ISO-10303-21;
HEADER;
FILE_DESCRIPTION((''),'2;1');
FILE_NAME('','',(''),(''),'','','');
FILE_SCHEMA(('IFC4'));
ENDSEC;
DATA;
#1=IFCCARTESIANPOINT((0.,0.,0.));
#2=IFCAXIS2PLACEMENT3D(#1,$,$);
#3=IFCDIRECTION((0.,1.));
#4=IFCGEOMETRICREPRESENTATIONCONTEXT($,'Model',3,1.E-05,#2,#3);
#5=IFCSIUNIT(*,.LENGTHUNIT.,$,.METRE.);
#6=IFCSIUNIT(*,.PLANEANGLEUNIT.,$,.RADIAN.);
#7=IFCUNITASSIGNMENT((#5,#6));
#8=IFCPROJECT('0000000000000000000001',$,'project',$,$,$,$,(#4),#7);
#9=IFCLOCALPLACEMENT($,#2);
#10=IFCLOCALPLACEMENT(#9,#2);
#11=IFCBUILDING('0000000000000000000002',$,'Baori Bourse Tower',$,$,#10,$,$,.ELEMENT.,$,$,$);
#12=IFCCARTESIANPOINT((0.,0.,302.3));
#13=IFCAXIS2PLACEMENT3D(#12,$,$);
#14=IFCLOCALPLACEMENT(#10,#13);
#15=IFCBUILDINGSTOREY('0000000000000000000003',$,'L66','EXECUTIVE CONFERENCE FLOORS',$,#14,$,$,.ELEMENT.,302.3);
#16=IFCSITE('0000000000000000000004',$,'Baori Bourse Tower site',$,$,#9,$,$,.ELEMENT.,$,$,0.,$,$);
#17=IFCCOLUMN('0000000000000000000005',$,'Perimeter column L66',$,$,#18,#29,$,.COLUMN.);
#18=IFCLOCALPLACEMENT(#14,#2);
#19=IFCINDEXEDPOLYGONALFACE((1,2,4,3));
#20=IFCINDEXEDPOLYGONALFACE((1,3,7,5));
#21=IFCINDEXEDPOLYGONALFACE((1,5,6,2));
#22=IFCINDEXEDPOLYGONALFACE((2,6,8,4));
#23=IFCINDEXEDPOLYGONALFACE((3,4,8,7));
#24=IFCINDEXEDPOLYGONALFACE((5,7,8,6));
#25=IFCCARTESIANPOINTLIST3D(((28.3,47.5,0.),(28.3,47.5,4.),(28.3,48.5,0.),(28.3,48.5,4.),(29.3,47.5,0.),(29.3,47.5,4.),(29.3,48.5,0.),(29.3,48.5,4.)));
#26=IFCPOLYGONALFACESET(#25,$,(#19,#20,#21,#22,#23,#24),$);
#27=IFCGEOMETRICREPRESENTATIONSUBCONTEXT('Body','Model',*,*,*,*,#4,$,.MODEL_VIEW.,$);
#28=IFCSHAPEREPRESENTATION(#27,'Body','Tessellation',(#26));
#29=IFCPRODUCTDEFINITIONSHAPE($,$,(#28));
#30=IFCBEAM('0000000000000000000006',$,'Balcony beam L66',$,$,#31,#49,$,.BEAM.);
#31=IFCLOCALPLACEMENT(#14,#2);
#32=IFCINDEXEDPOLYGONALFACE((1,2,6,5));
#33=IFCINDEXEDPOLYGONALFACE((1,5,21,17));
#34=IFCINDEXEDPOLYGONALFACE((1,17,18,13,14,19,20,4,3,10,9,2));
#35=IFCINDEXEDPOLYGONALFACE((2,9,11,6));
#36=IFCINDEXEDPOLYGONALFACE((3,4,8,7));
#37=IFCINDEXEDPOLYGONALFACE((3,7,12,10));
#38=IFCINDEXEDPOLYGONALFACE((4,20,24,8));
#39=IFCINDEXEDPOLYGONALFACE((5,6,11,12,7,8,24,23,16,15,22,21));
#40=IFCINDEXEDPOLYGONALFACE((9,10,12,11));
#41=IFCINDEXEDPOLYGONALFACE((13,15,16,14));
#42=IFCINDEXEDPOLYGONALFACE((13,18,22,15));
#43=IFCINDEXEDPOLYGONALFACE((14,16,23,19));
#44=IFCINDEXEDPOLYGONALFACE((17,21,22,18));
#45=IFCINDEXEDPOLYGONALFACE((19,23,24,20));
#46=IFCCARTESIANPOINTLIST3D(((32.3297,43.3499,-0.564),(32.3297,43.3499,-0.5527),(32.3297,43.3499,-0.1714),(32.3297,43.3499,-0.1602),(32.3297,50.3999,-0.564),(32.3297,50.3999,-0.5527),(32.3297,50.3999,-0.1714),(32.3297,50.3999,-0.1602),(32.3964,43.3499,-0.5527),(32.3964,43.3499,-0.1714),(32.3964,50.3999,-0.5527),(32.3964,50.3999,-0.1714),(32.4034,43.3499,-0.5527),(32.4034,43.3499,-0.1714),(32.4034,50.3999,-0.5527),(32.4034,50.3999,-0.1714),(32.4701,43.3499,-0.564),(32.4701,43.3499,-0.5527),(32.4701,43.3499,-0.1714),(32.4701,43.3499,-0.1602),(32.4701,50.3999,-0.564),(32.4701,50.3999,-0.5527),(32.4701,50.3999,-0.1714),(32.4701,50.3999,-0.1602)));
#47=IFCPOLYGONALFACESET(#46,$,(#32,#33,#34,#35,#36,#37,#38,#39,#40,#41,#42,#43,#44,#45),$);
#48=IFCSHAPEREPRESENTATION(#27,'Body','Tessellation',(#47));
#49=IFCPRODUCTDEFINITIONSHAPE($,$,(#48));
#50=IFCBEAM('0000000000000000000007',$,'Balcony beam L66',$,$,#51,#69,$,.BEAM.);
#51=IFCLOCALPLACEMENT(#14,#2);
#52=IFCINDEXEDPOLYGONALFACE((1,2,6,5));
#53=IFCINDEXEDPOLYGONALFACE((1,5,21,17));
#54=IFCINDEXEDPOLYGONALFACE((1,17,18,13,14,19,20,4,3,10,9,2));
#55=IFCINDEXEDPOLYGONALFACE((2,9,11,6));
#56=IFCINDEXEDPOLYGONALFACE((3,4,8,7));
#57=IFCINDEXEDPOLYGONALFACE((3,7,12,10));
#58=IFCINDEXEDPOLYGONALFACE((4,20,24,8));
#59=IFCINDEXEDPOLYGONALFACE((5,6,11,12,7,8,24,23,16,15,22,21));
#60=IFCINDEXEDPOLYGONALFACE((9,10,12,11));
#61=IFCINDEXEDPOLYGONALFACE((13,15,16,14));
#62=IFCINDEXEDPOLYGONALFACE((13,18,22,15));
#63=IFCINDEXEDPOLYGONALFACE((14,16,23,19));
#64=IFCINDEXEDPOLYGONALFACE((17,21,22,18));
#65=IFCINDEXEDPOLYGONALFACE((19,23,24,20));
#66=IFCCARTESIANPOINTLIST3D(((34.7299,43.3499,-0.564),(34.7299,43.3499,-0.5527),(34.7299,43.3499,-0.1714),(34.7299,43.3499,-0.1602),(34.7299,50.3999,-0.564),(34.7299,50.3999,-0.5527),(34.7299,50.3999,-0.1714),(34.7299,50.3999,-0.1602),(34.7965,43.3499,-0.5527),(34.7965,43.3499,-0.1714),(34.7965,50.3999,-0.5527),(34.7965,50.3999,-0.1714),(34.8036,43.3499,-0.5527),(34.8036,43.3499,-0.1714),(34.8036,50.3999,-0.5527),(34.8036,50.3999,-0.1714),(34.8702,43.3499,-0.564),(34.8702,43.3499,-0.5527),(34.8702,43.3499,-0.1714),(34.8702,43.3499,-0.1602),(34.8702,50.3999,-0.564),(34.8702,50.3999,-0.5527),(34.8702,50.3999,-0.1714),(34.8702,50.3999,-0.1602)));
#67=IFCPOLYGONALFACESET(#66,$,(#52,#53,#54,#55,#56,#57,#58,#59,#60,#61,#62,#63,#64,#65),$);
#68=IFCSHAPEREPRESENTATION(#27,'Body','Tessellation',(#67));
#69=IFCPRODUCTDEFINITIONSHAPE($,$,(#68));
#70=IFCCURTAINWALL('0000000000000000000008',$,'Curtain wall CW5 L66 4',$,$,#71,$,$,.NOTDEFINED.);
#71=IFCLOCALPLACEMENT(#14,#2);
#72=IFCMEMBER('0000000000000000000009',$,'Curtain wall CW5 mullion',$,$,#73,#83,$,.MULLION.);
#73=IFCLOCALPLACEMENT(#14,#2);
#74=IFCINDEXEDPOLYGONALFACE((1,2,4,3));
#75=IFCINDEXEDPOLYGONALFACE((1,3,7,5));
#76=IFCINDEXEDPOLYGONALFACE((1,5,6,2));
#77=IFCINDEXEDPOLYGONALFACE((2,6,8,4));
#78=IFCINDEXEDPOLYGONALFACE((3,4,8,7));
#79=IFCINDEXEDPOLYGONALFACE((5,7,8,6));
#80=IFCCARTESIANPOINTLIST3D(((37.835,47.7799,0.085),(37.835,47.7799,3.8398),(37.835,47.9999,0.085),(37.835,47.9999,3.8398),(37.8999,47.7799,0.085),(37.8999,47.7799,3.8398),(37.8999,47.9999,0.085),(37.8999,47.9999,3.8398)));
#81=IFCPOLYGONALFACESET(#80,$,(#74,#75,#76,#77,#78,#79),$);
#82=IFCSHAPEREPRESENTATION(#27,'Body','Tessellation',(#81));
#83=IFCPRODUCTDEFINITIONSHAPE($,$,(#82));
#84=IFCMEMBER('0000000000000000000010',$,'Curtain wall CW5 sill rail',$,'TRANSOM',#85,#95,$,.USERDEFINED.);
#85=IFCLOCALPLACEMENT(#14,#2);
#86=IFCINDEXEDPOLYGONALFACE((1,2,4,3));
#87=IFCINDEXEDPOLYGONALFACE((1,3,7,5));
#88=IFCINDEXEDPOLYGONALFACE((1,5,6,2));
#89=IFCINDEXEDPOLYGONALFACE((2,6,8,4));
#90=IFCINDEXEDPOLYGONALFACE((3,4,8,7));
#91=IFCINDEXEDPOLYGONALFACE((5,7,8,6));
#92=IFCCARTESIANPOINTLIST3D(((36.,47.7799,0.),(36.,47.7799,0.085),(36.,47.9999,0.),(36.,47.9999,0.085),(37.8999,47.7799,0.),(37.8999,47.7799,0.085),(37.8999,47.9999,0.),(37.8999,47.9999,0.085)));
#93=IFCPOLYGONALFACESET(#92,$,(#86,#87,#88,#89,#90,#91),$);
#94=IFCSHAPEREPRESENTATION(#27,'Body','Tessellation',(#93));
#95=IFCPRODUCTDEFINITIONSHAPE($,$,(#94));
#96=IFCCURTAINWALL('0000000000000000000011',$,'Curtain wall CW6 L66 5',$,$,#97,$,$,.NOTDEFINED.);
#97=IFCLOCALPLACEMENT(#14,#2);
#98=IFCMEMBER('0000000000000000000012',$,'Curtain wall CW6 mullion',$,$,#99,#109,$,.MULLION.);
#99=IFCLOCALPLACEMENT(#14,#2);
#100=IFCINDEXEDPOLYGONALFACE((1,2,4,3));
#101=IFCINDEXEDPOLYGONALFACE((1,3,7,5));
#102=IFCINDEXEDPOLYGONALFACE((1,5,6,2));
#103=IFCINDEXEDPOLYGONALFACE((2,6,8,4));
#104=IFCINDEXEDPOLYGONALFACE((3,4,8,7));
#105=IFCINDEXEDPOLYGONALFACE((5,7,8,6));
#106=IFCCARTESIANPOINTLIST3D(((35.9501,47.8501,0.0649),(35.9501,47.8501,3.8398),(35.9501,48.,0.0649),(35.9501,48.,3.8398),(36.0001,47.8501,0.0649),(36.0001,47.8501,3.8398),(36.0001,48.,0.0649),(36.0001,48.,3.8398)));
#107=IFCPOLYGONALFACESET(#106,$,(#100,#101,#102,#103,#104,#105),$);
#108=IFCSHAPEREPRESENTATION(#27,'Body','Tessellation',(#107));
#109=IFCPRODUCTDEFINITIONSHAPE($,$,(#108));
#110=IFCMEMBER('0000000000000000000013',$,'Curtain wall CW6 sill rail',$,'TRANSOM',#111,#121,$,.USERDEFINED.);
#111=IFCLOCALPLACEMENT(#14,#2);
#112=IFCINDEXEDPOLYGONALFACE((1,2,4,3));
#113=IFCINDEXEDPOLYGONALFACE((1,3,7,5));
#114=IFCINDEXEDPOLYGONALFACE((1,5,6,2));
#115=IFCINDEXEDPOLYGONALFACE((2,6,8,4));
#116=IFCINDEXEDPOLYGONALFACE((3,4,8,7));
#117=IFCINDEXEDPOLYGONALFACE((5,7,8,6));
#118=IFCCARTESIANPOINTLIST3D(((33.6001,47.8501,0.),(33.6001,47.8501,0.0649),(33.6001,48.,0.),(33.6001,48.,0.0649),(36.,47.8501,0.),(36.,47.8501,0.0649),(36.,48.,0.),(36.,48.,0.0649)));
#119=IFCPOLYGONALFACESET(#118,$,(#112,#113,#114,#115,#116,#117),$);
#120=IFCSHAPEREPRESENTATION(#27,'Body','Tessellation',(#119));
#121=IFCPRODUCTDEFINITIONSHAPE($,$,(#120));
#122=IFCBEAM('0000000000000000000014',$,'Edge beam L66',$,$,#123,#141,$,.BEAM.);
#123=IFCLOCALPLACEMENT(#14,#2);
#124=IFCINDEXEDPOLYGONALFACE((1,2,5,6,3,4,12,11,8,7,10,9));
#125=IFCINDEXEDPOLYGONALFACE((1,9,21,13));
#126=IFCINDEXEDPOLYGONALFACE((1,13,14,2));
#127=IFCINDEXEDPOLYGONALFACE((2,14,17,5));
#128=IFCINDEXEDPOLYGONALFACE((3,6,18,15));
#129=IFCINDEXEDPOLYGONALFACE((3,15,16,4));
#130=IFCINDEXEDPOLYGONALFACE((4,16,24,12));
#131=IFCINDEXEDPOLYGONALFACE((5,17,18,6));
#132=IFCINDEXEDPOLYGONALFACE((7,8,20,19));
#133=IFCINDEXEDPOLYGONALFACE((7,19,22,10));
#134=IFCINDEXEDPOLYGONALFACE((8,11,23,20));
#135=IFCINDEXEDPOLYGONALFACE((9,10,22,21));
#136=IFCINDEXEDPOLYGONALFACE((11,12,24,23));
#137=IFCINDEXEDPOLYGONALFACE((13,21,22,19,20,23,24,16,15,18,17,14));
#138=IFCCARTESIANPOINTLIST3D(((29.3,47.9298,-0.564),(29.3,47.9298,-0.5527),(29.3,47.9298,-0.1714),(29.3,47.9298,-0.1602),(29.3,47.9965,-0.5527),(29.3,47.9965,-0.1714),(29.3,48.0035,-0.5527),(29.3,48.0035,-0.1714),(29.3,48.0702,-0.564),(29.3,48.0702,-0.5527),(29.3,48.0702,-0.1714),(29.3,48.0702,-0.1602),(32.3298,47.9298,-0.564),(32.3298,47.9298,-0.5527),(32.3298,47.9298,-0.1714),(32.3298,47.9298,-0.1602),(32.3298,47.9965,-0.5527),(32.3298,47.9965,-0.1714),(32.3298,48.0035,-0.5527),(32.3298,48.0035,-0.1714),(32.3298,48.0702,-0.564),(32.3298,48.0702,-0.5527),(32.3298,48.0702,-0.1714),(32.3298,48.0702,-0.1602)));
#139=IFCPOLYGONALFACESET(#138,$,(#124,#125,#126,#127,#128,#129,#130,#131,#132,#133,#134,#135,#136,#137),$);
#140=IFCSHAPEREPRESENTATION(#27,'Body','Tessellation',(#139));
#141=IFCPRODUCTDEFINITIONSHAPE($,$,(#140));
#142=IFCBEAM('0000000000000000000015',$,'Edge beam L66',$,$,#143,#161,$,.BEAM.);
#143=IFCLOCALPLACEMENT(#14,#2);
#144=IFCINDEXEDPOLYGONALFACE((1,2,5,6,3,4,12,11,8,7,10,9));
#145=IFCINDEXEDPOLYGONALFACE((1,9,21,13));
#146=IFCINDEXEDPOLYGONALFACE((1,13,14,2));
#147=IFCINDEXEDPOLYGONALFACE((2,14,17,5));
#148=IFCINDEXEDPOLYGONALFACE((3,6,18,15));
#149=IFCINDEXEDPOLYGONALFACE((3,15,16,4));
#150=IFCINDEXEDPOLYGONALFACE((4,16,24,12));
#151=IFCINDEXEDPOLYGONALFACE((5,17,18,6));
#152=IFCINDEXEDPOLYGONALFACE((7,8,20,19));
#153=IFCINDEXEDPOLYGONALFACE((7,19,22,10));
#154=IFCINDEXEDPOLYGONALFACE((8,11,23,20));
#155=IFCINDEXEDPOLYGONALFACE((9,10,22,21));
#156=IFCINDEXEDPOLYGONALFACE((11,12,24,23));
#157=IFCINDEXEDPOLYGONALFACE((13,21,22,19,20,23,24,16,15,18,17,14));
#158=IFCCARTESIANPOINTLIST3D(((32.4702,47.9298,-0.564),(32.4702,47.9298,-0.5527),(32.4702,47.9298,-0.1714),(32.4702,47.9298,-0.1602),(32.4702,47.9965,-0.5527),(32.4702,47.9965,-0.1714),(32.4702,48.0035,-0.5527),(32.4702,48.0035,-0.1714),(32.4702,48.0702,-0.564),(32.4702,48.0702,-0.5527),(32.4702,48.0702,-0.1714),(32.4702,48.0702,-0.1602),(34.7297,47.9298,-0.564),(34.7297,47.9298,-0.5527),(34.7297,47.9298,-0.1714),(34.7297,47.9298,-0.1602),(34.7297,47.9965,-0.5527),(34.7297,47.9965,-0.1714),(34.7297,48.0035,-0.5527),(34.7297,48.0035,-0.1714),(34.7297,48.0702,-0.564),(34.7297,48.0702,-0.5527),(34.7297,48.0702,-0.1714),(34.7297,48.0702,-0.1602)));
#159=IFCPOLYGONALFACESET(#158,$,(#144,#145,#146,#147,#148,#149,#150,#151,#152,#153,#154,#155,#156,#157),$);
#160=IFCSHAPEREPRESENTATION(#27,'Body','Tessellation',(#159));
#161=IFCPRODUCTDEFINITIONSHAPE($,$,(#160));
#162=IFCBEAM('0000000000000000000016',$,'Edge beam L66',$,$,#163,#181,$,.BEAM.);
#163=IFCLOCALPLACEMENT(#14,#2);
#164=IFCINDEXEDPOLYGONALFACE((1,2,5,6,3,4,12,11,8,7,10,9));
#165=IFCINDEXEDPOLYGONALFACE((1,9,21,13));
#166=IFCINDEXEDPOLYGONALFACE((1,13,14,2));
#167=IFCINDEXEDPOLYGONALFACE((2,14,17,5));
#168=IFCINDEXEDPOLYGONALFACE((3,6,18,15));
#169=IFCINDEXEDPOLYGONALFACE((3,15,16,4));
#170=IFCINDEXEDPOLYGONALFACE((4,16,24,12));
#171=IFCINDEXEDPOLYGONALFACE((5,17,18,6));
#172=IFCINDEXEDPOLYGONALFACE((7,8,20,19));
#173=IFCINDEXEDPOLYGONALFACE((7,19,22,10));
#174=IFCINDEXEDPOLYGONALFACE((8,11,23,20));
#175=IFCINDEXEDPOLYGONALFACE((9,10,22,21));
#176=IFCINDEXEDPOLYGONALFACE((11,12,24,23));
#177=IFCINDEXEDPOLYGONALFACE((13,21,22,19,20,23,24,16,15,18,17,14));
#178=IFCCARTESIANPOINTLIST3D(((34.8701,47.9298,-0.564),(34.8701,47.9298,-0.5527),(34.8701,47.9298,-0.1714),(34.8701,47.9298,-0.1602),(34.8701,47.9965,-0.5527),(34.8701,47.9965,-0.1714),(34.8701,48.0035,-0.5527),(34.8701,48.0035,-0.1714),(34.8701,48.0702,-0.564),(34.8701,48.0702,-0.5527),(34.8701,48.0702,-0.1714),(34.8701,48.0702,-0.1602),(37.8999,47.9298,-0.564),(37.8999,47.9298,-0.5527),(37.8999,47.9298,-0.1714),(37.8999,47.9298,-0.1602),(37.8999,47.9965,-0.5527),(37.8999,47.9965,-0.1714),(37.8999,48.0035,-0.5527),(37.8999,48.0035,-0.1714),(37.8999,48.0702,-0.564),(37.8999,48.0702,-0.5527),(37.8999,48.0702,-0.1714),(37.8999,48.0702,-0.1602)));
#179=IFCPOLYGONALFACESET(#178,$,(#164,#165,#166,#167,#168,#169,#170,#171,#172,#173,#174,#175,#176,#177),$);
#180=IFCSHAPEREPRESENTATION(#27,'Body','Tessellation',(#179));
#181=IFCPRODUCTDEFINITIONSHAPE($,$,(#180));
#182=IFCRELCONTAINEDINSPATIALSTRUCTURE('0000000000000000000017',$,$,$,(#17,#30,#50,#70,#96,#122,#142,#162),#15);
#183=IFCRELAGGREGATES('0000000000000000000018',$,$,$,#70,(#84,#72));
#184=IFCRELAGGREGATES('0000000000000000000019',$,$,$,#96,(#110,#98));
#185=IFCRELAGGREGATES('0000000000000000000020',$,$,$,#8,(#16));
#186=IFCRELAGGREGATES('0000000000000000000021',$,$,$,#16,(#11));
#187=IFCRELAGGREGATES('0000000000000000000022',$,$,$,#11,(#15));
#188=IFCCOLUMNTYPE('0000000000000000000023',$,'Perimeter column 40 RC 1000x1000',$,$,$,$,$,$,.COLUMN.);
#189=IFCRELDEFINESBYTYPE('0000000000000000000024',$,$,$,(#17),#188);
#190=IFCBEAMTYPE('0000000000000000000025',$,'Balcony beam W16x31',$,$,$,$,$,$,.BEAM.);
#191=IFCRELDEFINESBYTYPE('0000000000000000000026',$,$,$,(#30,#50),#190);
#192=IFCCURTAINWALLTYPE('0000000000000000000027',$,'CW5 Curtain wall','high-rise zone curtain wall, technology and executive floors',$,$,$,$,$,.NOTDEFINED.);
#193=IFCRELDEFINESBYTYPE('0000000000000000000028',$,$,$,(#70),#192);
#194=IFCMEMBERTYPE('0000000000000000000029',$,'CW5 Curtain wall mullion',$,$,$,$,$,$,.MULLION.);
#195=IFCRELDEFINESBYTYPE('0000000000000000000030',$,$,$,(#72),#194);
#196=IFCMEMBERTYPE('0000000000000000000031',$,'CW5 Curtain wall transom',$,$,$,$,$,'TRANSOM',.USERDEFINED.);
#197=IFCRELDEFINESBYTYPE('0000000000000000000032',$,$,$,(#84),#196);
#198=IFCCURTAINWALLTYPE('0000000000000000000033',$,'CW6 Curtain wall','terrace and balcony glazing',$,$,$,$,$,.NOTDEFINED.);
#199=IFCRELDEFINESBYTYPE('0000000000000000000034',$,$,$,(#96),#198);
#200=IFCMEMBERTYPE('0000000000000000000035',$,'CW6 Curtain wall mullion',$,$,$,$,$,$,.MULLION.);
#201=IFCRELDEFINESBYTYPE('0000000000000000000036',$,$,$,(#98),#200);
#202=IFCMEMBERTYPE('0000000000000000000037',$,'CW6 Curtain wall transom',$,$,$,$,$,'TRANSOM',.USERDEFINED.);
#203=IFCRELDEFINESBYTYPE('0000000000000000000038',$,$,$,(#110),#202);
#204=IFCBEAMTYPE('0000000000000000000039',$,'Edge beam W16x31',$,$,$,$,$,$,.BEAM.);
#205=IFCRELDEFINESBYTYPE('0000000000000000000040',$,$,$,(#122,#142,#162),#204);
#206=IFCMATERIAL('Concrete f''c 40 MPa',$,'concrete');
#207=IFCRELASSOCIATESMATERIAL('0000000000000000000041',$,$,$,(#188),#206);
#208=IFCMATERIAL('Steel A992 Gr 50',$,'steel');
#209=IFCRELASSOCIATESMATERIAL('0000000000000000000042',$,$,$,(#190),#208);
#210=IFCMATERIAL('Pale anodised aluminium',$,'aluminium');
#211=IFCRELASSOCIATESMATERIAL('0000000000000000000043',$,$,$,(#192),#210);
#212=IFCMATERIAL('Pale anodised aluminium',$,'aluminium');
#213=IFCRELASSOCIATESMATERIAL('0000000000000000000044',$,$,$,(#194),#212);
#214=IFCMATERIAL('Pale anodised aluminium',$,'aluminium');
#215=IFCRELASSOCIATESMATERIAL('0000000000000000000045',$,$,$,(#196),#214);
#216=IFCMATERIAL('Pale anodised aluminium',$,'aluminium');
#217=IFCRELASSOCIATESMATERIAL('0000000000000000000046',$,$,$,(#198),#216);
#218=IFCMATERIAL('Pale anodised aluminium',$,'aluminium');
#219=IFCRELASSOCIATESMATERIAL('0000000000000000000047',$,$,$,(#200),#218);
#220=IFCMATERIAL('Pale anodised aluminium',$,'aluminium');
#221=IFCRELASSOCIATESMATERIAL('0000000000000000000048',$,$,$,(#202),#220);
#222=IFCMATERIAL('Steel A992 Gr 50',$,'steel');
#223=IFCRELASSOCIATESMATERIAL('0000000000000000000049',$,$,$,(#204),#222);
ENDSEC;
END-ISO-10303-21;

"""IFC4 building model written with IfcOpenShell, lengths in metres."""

from ifc_helpers import new_model, si_unit, direction, frame, origin, origin_2d, place, context, subcontext, project, spatial, rectangle, i_section, extrude, material, material_profile, profile_set, type_object, element, aggregate, save


model = new_model("IFC4")

# Units and contexts
model_context = context("Model", 3, precision=1e-05, world=origin(), true_north=direction((0.0, 1.0)))
body_context = subcontext(model_context, "Body", "Model", "MODEL_VIEW")
ifc_project = project(units=[si_unit("LENGTHUNIT", "METRE"), si_unit("PLANEANGLEUNIT", "RADIAN")], contexts=[model_context])

# Site, building, storey
site_placement = place(None, origin())
site = spatial("IfcSite", under=ifc_project, at=site_placement, Name="Baori Bourse Tower site", CompositionType="ELEMENT", RefElevation=0.0)
building_placement = place(site_placement, origin())
building = spatial("IfcBuilding", under=site, at=building_placement, Name="Baori Bourse Tower", CompositionType="ELEMENT")
storey_placement = place(building_placement, frame((0.0, 0.0, 302.3)))
storey = spatial("IfcBuildingStorey", under=building, at=storey_placement, Name="L66", Description="EXECUTIVE CONFERENCE FLOORS", CompositionType="ELEMENT", Elevation=302.3)

# Column
ifc_material_1 = material(Name="Concrete f'c 40 MPa", Category="concrete")
ifc_material_profile_1 = material_profile(ifc_material_1, rectangle(XDim=1.0, YDim=1.0, at=origin_2d()), Name="RC 1000x1000")
ifc_profile_set_1 = profile_set([ifc_material_profile_1], Name="Concrete f'c 40 MPa")
column_type = type_object("IfcColumnType", Name="Perimeter column 40 RC 1000x1000", PredefinedType="COLUMN", material=ifc_profile_set_1)
column_placement = place(storey_placement, frame((28.8, 48.0, 0.0), z_axis=(0.0, 0.0, 1.0), x_axis=(1.0, 0.0, 0.0)))
element("IfcColumn", 1, at=column_placement, inside=storey, type_object=column_type, Name="Perimeter column L66", PredefinedType="COLUMN", context=body_context, shape_type="SweptSolid", body=[
    extrude(rectangle(XDim=1.0, YDim=1.0, at=origin_2d()), origin(), (0.0, 0.0, 1.0), 4.0),
])

# Beams
ifc_material_2 = material(Name="Steel A992 Gr 50", Category="steel")
ifc_material_profile_2 = material_profile(ifc_material_2, i_section(OverallWidth=0.1404, OverallDepth=0.4038, WebThickness=0.0071, FlangeThickness=0.0112, at=origin_2d()), Name="W16x31")
ifc_profile_set_2 = profile_set([ifc_material_profile_2], Name="Steel A992 Gr 50")
beam_type_1 = type_object("IfcBeamType", Name="Balcony beam W16x31", PredefinedType="BEAM", material=ifc_profile_set_2)
for number, where, z_axis, x_axis, name in (
    (2, (32.3999, 50.3999, -0.3621), (0.0, -1.0, 0.0), (1.0, 0.0, 0.0), "Balcony beam L66"),
    (3, (34.8, 50.3999, -0.3621), (0.0, -1.0, 0.0), (1.0, 0.0, 0.0), "Balcony beam L66"),
):
    element("IfcBeam", number, at=place(storey_placement, frame(where, z_axis=z_axis, x_axis=x_axis)), inside=storey, type_object=beam_type_1, Name=name, PredefinedType="BEAM", context=body_context, shape_type="SweptSolid", body=[
        extrude(i_section(OverallWidth=0.1404, OverallDepth=0.4038, WebThickness=0.0071, FlangeThickness=0.0112, at=origin_2d()), origin(), (0.0, 0.0, 1.0), 7.05),
    ])

# Curtain walls, members
ifc_material_3 = material(Name="Pale anodised aluminium", Category="aluminium")
curtain_wall_type_1 = type_object("IfcCurtainWallType", Name="CW5 Curtain wall", Description="high-rise zone curtain wall, technology and executive floors", PredefinedType="NOTDEFINED", material=ifc_material_3)
curtain_wall_1_placement = place(storey_placement, origin())
curtain_wall_1 = element("IfcCurtainWall", 4, at=curtain_wall_1_placement, inside=storey, type_object=curtain_wall_type_1, Name="Curtain wall CW5 L66 4", PredefinedType="NOTDEFINED")
ifc_material_4 = material(Name="Pale anodised aluminium", Category="aluminium")
ifc_material_profile_3 = material_profile(ifc_material_4, rectangle(XDim=0.22, YDim=0.0649, at=origin_2d()), Name="Mullion 65x220")
ifc_profile_set_3 = profile_set([ifc_material_profile_3], Name="Pale anodised aluminium")
member_type_1 = type_object("IfcMemberType", Name="CW5 Curtain wall mullion", PredefinedType="MULLION", material=ifc_profile_set_3)
member_1_placement = place(storey_placement, frame((37.8674, 47.8899, 0.085), z_axis=(0.0, 0.0, 1.0), x_axis=(0.0, -1.0, 0.0)))
member_1 = element("IfcMember", 5, at=member_1_placement, type_object=member_type_1, Name="Curtain wall CW5 mullion", PredefinedType="MULLION", context=body_context, shape_type="SweptSolid", body=[
    extrude(rectangle(XDim=0.22, YDim=0.0649, at=origin_2d()), origin(), (0.0, 0.0, 1.0), 3.7549),
])
ifc_material_5 = material(Name="Pale anodised aluminium", Category="aluminium")
ifc_material_profile_4 = material_profile(ifc_material_5, rectangle(XDim=0.22, YDim=0.085, at=origin_2d()), Name="Transom 85x220")
ifc_profile_set_4 = profile_set([ifc_material_profile_4], Name="Pale anodised aluminium")
member_type_2 = type_object("IfcMemberType", Name="CW5 Curtain wall transom", ElementType="TRANSOM", PredefinedType="USERDEFINED", material=ifc_profile_set_4)
member_2_placement = place(storey_placement, frame((37.8999, 47.8899, 0.0425), z_axis=(-1.0, 0.0, 0.0), x_axis=(0.0, -1.0, 0.0)))
member_2 = element("IfcMember", 6, at=member_2_placement, type_object=member_type_2, Name="Curtain wall CW5 sill rail", ObjectType="TRANSOM", PredefinedType="USERDEFINED", context=body_context, shape_type="SweptSolid", body=[
    extrude(rectangle(XDim=0.22, YDim=0.085, at=origin_2d()), origin(), (0.0, 0.0, 1.0), 1.8999),
])
aggregate(curtain_wall_1, [member_2, member_1])
ifc_material_6 = material(Name="Pale anodised aluminium", Category="aluminium")
curtain_wall_type_2 = type_object("IfcCurtainWallType", Name="CW6 Curtain wall", Description="terrace and balcony glazing", PredefinedType="NOTDEFINED", material=ifc_material_6)
curtain_wall_2_placement = place(storey_placement, origin())
curtain_wall_2 = element("IfcCurtainWall", 7, at=curtain_wall_2_placement, inside=storey, type_object=curtain_wall_type_2, Name="Curtain wall CW6 L66 5", PredefinedType="NOTDEFINED")
ifc_material_7 = material(Name="Pale anodised aluminium", Category="aluminium")
ifc_material_profile_5 = material_profile(ifc_material_7, rectangle(XDim=0.1499, YDim=0.05, at=origin_2d()), Name="Mullion 50x150")
ifc_profile_set_5 = profile_set([ifc_material_profile_5], Name="Pale anodised aluminium")
member_type_3 = type_object("IfcMemberType", Name="CW6 Curtain wall mullion", PredefinedType="MULLION", material=ifc_profile_set_5)
member_3_placement = place(storey_placement, frame((35.9751, 47.925, 0.0649), z_axis=(0.0, 0.0, 1.0), x_axis=(0.0, -1.0, 0.0)))
member_3 = element("IfcMember", 8, at=member_3_placement, type_object=member_type_3, Name="Curtain wall CW6 mullion", PredefinedType="MULLION", context=body_context, shape_type="SweptSolid", body=[
    extrude(rectangle(XDim=0.1499, YDim=0.05, at=origin_2d()), origin(), (0.0, 0.0, 1.0), 3.7749),
])
ifc_material_8 = material(Name="Pale anodised aluminium", Category="aluminium")
ifc_material_profile_6 = material_profile(ifc_material_8, rectangle(XDim=0.1499, YDim=0.0649, at=origin_2d()), Name="Transom 65x150")
ifc_profile_set_6 = profile_set([ifc_material_profile_6], Name="Pale anodised aluminium")
member_type_4 = type_object("IfcMemberType", Name="CW6 Curtain wall transom", ElementType="TRANSOM", PredefinedType="USERDEFINED", material=ifc_profile_set_6)
member_4_placement = place(storey_placement, frame((36.0, 47.925, 0.0325), z_axis=(-1.0, 0.0, 0.0), x_axis=(0.0, -1.0, 0.0)))
member_4 = element("IfcMember", 9, at=member_4_placement, type_object=member_type_4, Name="Curtain wall CW6 sill rail", ObjectType="TRANSOM", PredefinedType="USERDEFINED", context=body_context, shape_type="SweptSolid", body=[
    extrude(rectangle(XDim=0.1499, YDim=0.0649, at=origin_2d()), origin(), (0.0, 0.0, 1.0), 2.3999),
])

# Beams
ifc_material_9 = material(Name="Steel A992 Gr 50", Category="steel")
ifc_material_profile_7 = material_profile(ifc_material_9, i_section(OverallWidth=0.1404, OverallDepth=0.4038, WebThickness=0.0071, FlangeThickness=0.0112, at=origin_2d()), Name="W16x31")
ifc_profile_set_7 = profile_set([ifc_material_profile_7], Name="Steel A992 Gr 50")
beam_type_2 = type_object("IfcBeamType", Name="Edge beam W16x31", PredefinedType="BEAM", material=ifc_profile_set_7)
beam_1_placement = place(storey_placement, frame((29.3, 48.0, -0.3621), z_axis=(1.0, 0.0, 0.0), x_axis=(0.0, 1.0, 0.0)))
element("IfcBeam", 10, at=beam_1_placement, inside=storey, type_object=beam_type_2, Name="Edge beam L66", PredefinedType="BEAM", context=body_context, shape_type="SweptSolid", body=[
    extrude(i_section(OverallWidth=0.1404, OverallDepth=0.4038, WebThickness=0.0071, FlangeThickness=0.0112, at=origin_2d()), origin(), (0.0, 0.0, 1.0), 3.0298),
])
beam_2_placement = place(storey_placement, frame((32.4702, 48.0, -0.3621), z_axis=(1.0, 0.0, 0.0), x_axis=(0.0, 1.0, 0.0)))
element("IfcBeam", 11, at=beam_2_placement, inside=storey, type_object=beam_type_2, Name="Edge beam L66", PredefinedType="BEAM", context=body_context, shape_type="SweptSolid", body=[
    extrude(i_section(OverallWidth=0.1404, OverallDepth=0.4038, WebThickness=0.0071, FlangeThickness=0.0112, at=origin_2d()), origin(), (0.0, 0.0, 1.0), 2.2595),
])
beam_3_placement = place(storey_placement, frame((34.8701, 48.0, -0.3621), z_axis=(1.0, 0.0, 0.0), x_axis=(0.0, 1.0, 0.0)))
element("IfcBeam", 12, at=beam_3_placement, inside=storey, type_object=beam_type_2, Name="Edge beam L66", PredefinedType="BEAM", context=body_context, shape_type="SweptSolid", body=[
    extrude(i_section(OverallWidth=0.1404, OverallDepth=0.4038, WebThickness=0.0071, FlangeThickness=0.0112, at=origin_2d()), origin(), (0.0, 0.0, 1.0), 3.0298),
])

aggregate(curtain_wall_2, [member_4, member_3])

save(model, "model.ifc")
